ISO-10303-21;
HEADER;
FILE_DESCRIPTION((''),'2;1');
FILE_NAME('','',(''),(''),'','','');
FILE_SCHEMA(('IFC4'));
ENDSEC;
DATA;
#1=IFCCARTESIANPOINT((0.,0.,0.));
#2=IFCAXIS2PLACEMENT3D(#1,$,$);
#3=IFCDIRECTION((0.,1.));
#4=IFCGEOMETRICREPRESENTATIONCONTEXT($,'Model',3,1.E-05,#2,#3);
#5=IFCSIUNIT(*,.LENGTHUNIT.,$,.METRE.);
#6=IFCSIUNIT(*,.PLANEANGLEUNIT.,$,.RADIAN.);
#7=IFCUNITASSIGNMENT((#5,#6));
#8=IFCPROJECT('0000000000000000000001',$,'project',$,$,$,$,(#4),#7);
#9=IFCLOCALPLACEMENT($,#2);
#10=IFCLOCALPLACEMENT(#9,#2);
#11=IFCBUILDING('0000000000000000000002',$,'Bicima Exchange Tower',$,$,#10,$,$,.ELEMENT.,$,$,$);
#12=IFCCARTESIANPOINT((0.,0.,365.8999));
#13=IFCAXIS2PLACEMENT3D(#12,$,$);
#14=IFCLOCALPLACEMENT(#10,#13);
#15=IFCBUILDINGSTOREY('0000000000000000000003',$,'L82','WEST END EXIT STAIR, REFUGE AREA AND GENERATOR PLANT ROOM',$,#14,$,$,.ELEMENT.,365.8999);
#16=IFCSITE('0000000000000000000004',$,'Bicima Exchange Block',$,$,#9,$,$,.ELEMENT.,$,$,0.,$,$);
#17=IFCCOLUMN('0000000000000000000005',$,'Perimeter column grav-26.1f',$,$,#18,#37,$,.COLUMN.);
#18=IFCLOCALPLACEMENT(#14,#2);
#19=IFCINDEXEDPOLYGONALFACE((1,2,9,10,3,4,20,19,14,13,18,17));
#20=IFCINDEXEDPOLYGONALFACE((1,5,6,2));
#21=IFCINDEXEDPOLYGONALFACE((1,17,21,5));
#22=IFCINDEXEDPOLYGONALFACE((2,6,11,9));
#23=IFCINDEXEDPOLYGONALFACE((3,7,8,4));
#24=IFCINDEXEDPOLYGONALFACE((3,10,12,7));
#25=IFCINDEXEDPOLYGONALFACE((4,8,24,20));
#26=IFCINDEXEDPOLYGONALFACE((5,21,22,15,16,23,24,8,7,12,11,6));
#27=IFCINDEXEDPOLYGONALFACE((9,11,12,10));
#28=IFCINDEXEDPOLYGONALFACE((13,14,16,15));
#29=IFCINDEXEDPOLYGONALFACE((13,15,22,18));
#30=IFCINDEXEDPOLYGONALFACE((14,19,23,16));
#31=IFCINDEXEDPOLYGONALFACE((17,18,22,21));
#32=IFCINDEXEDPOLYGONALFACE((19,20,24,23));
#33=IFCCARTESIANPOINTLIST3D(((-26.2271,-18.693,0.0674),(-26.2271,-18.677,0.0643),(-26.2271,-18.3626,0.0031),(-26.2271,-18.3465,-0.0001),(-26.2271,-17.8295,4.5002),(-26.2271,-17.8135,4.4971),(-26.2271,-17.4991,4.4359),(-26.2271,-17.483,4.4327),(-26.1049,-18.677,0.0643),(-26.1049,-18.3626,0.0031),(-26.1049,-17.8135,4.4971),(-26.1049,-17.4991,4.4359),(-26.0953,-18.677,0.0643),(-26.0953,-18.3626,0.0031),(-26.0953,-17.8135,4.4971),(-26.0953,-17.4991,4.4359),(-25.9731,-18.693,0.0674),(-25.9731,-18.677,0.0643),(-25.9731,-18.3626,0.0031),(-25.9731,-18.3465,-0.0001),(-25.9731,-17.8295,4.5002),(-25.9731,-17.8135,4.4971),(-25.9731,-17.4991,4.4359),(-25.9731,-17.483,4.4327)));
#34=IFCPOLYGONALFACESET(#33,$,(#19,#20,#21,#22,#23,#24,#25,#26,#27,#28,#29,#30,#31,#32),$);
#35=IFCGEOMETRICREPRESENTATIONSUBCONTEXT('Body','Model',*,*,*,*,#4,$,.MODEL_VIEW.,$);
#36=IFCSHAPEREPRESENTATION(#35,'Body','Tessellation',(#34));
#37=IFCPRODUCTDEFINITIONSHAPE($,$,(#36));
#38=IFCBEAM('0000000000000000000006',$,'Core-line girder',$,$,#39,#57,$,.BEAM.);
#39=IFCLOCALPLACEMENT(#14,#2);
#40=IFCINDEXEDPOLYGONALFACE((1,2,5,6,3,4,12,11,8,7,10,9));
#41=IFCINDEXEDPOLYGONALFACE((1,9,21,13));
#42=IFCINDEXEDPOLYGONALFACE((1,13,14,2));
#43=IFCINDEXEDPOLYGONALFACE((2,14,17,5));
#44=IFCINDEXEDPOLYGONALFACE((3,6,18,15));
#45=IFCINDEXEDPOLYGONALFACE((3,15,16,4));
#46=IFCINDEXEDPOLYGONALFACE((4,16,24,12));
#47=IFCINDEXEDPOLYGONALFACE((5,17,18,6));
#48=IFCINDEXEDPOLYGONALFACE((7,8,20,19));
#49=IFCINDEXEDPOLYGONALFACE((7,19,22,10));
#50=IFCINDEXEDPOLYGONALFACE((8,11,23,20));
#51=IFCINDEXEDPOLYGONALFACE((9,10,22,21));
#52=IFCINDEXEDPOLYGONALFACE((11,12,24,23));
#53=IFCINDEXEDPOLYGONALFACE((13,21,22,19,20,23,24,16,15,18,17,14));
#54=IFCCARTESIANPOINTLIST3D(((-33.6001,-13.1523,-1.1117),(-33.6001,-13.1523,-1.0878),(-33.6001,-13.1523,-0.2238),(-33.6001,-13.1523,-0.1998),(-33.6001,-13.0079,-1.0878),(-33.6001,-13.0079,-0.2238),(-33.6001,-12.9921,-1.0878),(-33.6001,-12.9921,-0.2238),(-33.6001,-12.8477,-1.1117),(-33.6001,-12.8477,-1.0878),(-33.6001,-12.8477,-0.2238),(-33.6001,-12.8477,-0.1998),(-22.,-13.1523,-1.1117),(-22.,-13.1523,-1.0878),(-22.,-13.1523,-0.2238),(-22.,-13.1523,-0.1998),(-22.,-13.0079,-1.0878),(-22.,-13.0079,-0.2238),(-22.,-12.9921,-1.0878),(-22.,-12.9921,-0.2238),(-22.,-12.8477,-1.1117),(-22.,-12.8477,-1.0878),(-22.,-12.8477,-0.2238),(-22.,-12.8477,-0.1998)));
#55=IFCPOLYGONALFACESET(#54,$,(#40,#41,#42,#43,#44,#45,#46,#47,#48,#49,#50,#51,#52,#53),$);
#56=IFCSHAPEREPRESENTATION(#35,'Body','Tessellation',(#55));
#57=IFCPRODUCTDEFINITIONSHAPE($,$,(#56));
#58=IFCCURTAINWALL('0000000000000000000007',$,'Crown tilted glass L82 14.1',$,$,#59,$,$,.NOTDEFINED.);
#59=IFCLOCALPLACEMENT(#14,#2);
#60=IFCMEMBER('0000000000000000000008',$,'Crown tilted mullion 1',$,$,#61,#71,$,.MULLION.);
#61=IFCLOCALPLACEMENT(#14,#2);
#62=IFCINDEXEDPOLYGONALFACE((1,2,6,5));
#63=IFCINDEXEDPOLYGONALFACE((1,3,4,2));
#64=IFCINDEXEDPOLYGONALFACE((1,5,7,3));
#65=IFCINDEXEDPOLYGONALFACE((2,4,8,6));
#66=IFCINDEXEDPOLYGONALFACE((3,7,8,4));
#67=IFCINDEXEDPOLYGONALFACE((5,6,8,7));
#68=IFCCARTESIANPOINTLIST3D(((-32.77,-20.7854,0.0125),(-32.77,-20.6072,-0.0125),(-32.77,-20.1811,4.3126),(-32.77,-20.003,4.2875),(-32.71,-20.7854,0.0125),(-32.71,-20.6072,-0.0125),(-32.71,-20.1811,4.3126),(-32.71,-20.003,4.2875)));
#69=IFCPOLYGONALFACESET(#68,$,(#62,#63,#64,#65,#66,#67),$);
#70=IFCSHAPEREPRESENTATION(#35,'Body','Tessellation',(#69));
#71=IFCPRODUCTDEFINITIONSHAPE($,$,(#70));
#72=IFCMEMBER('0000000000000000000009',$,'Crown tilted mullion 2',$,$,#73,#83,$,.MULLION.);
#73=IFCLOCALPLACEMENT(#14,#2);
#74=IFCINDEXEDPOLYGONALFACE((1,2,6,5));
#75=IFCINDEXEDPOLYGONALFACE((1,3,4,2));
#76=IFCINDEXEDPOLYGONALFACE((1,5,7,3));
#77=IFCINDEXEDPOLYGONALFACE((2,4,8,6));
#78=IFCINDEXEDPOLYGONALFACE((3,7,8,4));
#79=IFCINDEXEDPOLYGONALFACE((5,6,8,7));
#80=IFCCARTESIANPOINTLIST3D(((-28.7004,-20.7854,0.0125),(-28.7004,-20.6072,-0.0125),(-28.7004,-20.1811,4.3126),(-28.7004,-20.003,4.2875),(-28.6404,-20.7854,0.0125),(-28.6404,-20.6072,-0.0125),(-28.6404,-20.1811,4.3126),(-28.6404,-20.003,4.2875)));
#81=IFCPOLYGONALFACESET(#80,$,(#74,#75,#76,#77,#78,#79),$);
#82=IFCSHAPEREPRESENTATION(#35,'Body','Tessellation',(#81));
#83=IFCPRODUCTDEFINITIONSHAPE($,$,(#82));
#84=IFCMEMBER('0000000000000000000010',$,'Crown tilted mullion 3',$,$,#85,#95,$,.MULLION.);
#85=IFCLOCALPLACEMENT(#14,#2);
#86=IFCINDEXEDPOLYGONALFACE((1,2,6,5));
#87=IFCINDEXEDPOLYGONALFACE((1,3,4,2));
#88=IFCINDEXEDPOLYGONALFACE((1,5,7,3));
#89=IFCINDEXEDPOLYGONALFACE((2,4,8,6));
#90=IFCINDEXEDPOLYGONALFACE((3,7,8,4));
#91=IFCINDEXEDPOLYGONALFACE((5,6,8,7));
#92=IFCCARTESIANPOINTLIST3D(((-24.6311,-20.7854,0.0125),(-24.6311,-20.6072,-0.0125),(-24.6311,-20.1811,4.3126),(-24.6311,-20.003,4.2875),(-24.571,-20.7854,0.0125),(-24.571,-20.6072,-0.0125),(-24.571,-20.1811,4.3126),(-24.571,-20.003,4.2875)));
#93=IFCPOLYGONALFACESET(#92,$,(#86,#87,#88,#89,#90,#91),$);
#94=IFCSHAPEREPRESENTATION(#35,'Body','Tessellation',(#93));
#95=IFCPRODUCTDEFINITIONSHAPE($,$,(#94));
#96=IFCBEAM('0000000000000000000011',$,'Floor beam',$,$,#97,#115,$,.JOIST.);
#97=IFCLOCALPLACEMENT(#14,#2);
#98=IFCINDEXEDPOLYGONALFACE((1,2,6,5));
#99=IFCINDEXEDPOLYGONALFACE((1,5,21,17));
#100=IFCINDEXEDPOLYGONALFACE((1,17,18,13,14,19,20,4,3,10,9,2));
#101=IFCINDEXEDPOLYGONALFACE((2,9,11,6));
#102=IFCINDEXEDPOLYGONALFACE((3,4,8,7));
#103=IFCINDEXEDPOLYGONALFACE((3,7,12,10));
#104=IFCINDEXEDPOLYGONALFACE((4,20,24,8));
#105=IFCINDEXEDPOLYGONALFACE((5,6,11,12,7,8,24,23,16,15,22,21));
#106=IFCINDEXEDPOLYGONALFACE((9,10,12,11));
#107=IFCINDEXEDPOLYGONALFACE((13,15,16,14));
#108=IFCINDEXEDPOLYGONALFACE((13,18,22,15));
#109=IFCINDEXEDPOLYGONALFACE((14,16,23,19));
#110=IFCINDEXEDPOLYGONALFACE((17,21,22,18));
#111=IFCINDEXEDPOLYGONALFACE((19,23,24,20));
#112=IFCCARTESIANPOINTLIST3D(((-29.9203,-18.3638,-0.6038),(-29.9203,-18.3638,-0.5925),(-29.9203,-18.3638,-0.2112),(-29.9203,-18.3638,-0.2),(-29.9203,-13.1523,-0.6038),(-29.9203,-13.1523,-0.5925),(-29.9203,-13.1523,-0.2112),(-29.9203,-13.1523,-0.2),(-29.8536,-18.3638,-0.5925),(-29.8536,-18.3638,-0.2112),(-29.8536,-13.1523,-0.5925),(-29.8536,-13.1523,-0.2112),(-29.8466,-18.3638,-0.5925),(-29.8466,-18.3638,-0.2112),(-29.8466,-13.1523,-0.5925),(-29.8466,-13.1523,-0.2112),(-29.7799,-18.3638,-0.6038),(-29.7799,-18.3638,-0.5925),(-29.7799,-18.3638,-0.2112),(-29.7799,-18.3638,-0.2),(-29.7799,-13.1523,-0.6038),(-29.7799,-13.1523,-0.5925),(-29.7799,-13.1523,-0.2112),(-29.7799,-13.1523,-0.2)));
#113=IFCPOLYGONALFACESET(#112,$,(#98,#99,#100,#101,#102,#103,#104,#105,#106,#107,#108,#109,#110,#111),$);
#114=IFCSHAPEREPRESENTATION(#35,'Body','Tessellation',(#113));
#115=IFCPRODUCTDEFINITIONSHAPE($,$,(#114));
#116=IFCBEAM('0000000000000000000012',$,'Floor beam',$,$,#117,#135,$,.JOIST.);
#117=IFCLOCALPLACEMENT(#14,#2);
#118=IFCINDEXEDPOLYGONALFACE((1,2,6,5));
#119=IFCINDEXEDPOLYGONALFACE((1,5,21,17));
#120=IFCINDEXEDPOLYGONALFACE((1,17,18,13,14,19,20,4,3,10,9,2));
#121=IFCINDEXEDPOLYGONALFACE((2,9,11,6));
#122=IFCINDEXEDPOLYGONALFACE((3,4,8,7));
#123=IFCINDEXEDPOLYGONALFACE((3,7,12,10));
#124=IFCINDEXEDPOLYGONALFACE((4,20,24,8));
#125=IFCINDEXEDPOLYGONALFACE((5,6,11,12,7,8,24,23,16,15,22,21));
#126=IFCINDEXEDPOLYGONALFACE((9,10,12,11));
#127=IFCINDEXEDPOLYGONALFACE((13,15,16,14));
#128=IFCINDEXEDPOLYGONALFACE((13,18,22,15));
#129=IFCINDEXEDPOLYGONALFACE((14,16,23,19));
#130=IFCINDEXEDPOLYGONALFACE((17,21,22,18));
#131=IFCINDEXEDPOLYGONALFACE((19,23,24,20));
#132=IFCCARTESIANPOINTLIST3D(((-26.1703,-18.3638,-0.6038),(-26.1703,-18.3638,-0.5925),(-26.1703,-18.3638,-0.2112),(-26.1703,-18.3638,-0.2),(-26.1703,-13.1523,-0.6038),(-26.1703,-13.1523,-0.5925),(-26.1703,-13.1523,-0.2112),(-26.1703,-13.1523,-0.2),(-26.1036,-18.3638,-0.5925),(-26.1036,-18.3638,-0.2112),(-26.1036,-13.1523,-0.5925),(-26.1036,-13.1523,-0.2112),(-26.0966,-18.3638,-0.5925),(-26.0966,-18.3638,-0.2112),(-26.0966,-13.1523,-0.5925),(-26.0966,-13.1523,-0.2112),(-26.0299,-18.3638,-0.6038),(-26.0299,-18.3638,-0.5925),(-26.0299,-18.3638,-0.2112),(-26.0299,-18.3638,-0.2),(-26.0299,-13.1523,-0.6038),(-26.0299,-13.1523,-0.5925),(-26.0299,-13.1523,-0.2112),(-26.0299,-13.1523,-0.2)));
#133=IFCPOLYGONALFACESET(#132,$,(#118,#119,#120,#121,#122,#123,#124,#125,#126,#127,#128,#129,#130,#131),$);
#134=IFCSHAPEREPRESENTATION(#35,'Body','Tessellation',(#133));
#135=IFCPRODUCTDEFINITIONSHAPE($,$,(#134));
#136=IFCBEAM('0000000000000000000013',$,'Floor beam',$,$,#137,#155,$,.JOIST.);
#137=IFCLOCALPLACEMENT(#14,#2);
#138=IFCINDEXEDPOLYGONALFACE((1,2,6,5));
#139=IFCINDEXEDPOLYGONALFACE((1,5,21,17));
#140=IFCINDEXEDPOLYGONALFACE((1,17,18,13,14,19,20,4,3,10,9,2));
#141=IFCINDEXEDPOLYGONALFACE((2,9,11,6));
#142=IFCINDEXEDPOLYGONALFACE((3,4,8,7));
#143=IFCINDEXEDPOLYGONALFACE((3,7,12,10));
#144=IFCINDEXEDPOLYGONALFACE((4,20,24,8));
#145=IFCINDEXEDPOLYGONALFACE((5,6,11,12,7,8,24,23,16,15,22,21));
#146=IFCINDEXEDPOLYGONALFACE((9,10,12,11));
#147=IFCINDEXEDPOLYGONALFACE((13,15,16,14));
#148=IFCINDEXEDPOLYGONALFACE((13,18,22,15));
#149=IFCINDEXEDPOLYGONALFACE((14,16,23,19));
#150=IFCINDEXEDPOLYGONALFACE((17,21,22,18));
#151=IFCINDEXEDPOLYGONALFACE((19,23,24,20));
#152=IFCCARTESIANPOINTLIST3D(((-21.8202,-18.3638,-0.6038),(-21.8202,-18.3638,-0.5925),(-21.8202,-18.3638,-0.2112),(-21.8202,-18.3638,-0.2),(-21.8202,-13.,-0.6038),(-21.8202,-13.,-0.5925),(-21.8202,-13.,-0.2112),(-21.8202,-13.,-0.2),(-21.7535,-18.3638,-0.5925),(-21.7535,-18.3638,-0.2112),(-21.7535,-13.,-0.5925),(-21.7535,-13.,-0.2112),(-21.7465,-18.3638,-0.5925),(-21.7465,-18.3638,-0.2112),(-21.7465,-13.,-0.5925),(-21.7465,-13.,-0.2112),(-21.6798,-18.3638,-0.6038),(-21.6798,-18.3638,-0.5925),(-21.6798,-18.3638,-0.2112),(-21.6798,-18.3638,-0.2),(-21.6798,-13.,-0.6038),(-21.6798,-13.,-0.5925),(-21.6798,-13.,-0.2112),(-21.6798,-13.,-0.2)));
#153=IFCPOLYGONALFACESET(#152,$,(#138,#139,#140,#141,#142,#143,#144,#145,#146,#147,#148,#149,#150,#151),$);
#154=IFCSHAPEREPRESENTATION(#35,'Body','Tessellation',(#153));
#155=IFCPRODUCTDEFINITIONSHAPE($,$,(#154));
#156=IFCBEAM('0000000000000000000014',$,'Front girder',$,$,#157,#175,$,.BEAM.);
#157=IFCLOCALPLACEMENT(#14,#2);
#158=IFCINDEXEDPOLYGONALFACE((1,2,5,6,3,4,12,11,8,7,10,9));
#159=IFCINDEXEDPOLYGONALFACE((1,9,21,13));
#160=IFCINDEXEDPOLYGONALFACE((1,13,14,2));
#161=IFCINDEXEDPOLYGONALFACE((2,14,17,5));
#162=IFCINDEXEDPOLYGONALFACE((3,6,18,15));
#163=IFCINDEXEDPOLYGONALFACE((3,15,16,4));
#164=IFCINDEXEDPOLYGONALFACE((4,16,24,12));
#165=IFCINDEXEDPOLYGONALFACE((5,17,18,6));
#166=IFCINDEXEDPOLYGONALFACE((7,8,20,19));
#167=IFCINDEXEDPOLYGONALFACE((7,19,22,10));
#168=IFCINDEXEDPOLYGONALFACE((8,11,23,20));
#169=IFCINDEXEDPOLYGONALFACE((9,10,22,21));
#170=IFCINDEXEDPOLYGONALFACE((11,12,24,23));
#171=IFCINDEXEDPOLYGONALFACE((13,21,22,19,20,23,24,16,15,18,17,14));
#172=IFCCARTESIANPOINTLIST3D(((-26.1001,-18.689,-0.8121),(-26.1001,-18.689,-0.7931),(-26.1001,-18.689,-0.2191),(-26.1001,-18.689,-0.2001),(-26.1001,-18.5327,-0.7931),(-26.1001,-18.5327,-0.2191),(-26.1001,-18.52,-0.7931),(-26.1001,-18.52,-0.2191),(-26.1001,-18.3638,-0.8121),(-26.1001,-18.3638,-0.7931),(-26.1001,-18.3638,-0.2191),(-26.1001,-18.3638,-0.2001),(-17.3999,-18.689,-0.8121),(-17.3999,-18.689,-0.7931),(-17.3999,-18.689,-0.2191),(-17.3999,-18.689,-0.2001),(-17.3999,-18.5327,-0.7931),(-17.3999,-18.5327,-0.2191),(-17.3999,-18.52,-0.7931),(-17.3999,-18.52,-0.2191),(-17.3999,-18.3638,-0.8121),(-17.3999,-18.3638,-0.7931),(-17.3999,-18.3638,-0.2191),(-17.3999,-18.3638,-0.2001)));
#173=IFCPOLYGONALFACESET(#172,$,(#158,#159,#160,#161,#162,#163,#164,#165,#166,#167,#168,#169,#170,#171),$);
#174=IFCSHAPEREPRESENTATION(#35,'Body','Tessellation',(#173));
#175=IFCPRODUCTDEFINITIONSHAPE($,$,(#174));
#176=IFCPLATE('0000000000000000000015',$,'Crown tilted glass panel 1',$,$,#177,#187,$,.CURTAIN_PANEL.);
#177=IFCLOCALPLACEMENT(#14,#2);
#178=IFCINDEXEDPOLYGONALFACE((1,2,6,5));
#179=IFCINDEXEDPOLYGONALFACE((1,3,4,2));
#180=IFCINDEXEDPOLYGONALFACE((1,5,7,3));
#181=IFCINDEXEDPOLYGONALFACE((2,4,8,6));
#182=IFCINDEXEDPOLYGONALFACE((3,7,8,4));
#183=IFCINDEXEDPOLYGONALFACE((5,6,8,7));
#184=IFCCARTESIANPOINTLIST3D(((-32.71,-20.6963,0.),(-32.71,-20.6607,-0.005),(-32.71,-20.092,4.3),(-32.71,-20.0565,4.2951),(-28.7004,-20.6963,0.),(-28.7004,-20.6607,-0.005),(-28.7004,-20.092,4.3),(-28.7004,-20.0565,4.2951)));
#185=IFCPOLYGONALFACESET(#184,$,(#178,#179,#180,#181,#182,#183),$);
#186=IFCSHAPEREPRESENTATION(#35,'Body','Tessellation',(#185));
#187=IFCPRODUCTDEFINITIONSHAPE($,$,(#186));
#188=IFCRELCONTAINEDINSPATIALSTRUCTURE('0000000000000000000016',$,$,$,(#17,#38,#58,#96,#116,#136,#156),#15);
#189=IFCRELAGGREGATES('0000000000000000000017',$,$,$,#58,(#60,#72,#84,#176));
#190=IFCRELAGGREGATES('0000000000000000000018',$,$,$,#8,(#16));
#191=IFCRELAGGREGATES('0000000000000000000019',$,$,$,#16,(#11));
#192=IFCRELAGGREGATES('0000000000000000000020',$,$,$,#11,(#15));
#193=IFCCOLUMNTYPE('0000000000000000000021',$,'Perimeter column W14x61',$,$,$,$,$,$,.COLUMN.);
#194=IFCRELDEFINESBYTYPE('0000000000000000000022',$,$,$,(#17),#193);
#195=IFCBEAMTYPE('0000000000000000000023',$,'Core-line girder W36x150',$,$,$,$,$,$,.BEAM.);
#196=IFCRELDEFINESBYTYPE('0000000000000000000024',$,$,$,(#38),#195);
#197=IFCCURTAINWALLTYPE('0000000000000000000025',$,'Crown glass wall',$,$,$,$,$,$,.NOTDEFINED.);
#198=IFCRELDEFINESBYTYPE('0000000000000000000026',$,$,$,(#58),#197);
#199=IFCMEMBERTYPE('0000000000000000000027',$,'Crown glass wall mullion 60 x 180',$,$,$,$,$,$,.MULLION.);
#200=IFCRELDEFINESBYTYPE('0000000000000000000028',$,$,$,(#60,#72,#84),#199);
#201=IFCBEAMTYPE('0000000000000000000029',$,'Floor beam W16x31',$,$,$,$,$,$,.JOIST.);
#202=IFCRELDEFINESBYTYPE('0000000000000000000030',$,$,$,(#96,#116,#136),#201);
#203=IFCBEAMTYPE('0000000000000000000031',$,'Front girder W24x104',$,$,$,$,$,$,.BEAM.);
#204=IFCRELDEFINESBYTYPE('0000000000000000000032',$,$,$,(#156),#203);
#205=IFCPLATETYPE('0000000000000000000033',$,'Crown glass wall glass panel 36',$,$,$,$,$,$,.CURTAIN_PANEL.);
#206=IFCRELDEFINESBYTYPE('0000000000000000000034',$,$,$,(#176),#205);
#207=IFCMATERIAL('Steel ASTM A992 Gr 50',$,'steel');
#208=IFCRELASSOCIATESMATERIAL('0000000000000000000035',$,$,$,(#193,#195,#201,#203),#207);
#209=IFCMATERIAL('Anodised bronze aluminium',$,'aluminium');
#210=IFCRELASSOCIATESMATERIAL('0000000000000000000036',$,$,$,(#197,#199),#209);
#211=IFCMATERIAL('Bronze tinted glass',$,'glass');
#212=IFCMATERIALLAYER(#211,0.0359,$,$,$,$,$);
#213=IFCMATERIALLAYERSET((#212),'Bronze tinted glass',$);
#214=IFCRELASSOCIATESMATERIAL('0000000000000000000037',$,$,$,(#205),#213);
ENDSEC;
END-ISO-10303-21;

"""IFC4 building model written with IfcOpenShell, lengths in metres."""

from ifc_helpers import new_model, si_unit, direction, frame, origin, origin_2d, place, context, subcontext, project, spatial, polyline, rectangle, i_section, outline, extrude, material, layer, layer_set, material_profile, profile_set, type_object, element, aggregate, save


model = new_model("IFC4")

# Units and contexts
model_context = context("Model", 3, precision=1e-05, world=origin(), true_north=direction((0.0, 1.0)))
body_context = subcontext(model_context, "Body", "Model", "MODEL_VIEW")
ifc_project = project(units=[si_unit("LENGTHUNIT", "METRE"), si_unit("PLANEANGLEUNIT", "RADIAN")], contexts=[model_context])

# Site, building, storey
site_placement = place(None, origin())
site = spatial("IfcSite", under=ifc_project, at=site_placement, Name="Bicima Exchange Block", CompositionType="ELEMENT", RefElevation=0.0)
building_placement = place(site_placement, origin())
building = spatial("IfcBuilding", under=site, at=building_placement, Name="Bicima Exchange Tower", CompositionType="ELEMENT")
storey_placement = place(building_placement, frame((0.0, 0.0, 365.8999)))
storey = spatial("IfcBuildingStorey", under=building, at=storey_placement, Name="L82", Description="WEST END EXIT STAIR, REFUGE AREA AND GENERATOR PLANT ROOM", CompositionType="ELEMENT", Elevation=365.8999)

# Column
ifc_material_1 = material(Name="Steel ASTM A992 Gr 50", Category="steel")
ifc_material_profile_1 = material_profile(ifc_material_1, i_section(OverallWidth=0.2539, OverallDepth=0.353, WebThickness=0.0095, FlangeThickness=0.0164, at=origin_2d()))
ifc_profile_set_1 = profile_set([ifc_material_profile_1], Name="Steel ASTM A992 Gr 50")
column_type = type_object("IfcColumnType", Name="Perimeter column W14x61", PredefinedType="COLUMN", material=ifc_profile_set_1)
column_placement = place(storey_placement, frame((-26.1001, -18.5198, 0.0337), z_axis=(0.0, 0.191207, 0.98155), x_axis=(-1.0, 0.0, 0.0)))
element("IfcColumn", 1, at=column_placement, inside=storey, type_object=column_type, Name="Perimeter column grav-26.1f", PredefinedType="COLUMN", context=body_context, shape_type="SweptSolid", body=[
    extrude(i_section(OverallWidth=0.2539, OverallDepth=0.353, WebThickness=0.0095, FlangeThickness=0.0164, at=origin_2d()), origin(), (0.0, 0.0, 1.0), 4.5161),
])

# Beam
ifc_material_profile_2 = material_profile(ifc_material_1, i_section(OverallWidth=0.3047, OverallDepth=0.9119, WebThickness=0.0159, FlangeThickness=0.0239, at=origin_2d()))
ifc_profile_set_2 = profile_set([ifc_material_profile_2], Name="Steel ASTM A992 Gr 50")
beam_type_1 = type_object("IfcBeamType", Name="Core-line girder W36x150", PredefinedType="BEAM", material=ifc_profile_set_2)
beam_1_placement = place(storey_placement, frame((-22.0, -13.0, -0.6558), z_axis=(-1.0, 0.0, 0.0), x_axis=(0.0, -1.0, 0.0)))
element("IfcBeam", 2, at=beam_1_placement, inside=storey, type_object=beam_type_1, Name="Core-line girder", PredefinedType="BEAM", context=body_context, shape_type="SweptSolid", body=[
    extrude(i_section(OverallWidth=0.3047, OverallDepth=0.9119, WebThickness=0.0159, FlangeThickness=0.0239, at=origin_2d()), origin(), (0.0, 0.0, 1.0), 11.6001),
])

# Curtain wall, members
ifc_material_2 = material(Name="Anodised bronze aluminium", Category="aluminium")
curtain_wall_type = type_object("IfcCurtainWallType", Name="Crown glass wall", PredefinedType="NOTDEFINED", material=ifc_material_2)
curtain_wall_placement = place(storey_placement, origin())
curtain_wall = element("IfcCurtainWall", 3, at=curtain_wall_placement, inside=storey, type_object=curtain_wall_type, Name="Crown tilted glass L82 14.1", PredefinedType="NOTDEFINED")
ifc_material_profile_3 = material_profile(ifc_material_2, rectangle(XDim=0.1799, YDim=0.0601, at=origin_2d()))
ifc_profile_set_3 = profile_set([ifc_material_profile_3], Name="Anodised bronze aluminium")
member_type = type_object("IfcMemberType", Name="Crown glass wall mullion 60 x 180", PredefinedType="MULLION", material=ifc_profile_set_3)
member_1_placement = place(storey_placement, frame((-32.74, -20.6963, 0.0), z_axis=(0.0, 0.139154, 0.990271), x_axis=(0.0, -0.990271, 0.139154)))
member_1 = element("IfcMember", 4, at=member_1_placement, type_object=member_type, Name="Crown tilted mullion 1", PredefinedType="MULLION", context=body_context, shape_type="SweptSolid", body=[
    extrude(rectangle(XDim=0.1799, YDim=0.0601, at=origin_2d()), origin(), (0.0, 0.0, 1.0), 4.3423),
])
member_2_placement = place(storey_placement, frame((-28.6704, -20.6963, 0.0), z_axis=(0.0, 0.139154, 0.990271), x_axis=(0.0, -0.990271, 0.139154)))
member_2 = element("IfcMember", 5, at=member_2_placement, type_object=member_type, Name="Crown tilted mullion 2", PredefinedType="MULLION", context=body_context, shape_type="SweptSolid", body=[
    extrude(rectangle(XDim=0.1799, YDim=0.0601, at=origin_2d()), origin(), (0.0, 0.0, 1.0), 4.3423),
])
member_3_placement = place(storey_placement, frame((-24.6011, -20.6963, 0.0), z_axis=(0.0, 0.139154, 0.990271), x_axis=(0.0, -0.990271, 0.139154)))
member_3 = element("IfcMember", 6, at=member_3_placement, type_object=member_type, Name="Crown tilted mullion 3", PredefinedType="MULLION", context=body_context, shape_type="SweptSolid", body=[
    extrude(rectangle(XDim=0.1799, YDim=0.0601, at=origin_2d()), origin(), (0.0, 0.0, 1.0), 4.3423),
])

# Beams
ifc_material_profile_4 = material_profile(ifc_material_1, i_section(OverallWidth=0.1404, OverallDepth=0.4038, WebThickness=0.0071, FlangeThickness=0.0112, at=origin_2d()))
ifc_profile_set_4 = profile_set([ifc_material_profile_4], Name="Steel ASTM A992 Gr 50")
beam_type_2 = type_object("IfcBeamType", Name="Floor beam W16x31", PredefinedType="JOIST", material=ifc_profile_set_4)
for number, where, z_axis, x_axis, name in (
    (7, (-29.8501, -13.1523, -0.4019), (0.0, -1.0, 0.0), (1.0, 0.0, 0.0), "Floor beam"),
    (8, (-26.1001, -13.1523, -0.4019), (0.0, -1.0, 0.0), (1.0, 0.0, 0.0), "Floor beam"),
):
    element("IfcBeam", number, at=place(storey_placement, frame(where, z_axis=z_axis, x_axis=x_axis)), inside=storey, type_object=beam_type_2, Name=name, PredefinedType="JOIST", context=body_context, shape_type="SweptSolid", body=[
        extrude(i_section(OverallWidth=0.1404, OverallDepth=0.4038, WebThickness=0.0071, FlangeThickness=0.0112, at=origin_2d()), origin(), (0.0, 0.0, 1.0), 5.2114),
    ])
beam_2_placement = place(storey_placement, frame((-21.75, -13.0, -0.4019), z_axis=(0.0, -1.0, 0.0), x_axis=(1.0, 0.0, 0.0)))
element("IfcBeam", 9, at=beam_2_placement, inside=storey, type_object=beam_type_2, Name="Floor beam", PredefinedType="JOIST", context=body_context, shape_type="SweptSolid", body=[
    extrude(i_section(OverallWidth=0.1404, OverallDepth=0.4038, WebThickness=0.0071, FlangeThickness=0.0112, at=origin_2d()), origin(), (0.0, 0.0, 1.0), 5.3638),
])
ifc_material_profile_5 = material_profile(ifc_material_1, i_section(OverallWidth=0.3252, OverallDepth=0.6121, WebThickness=0.0127, FlangeThickness=0.019, at=origin_2d()))
ifc_profile_set_5 = profile_set([ifc_material_profile_5], Name="Steel ASTM A992 Gr 50")
beam_type_3 = type_object("IfcBeamType", Name="Front girder W24x104", PredefinedType="BEAM", material=ifc_profile_set_5)
beam_3_placement = place(storey_placement, frame((-26.1001, -18.5264, -0.5061), z_axis=(1.0, 0.0, 0.0), x_axis=(0.0, 1.0, 0.0)))
element("IfcBeam", 10, at=beam_3_placement, inside=storey, type_object=beam_type_3, Name="Front girder", PredefinedType="BEAM", context=body_context, shape_type="SweptSolid", body=[
    extrude(i_section(OverallWidth=0.3252, OverallDepth=0.6121, WebThickness=0.0127, FlangeThickness=0.019, at=origin_2d()), origin(), (0.0, 0.0, 1.0), 8.7002),
])

# Plate
ifc_material_3 = material(Name="Bronze tinted glass", Category="glass")
ifc_layer_1 = layer(ifc_material_3, 0.0359)
ifc_layer_set_1 = layer_set([ifc_layer_1], Name="Bronze tinted glass")
plate_type = type_object("IfcPlateType", Name="Crown glass wall glass panel 36", PredefinedType="CURTAIN_PANEL", material=ifc_layer_set_1)
plate_1_placement = place(storey_placement, frame((-32.71, -20.6963, 0.0), z_axis=(0.0, -0.990271, 0.139154), x_axis=(1.0, 0.0, 0.0)))
plate_1 = element("IfcPlate", 11, at=plate_1_placement, type_object=plate_type, Name="Crown tilted glass panel 1", PredefinedType="CURTAIN_PANEL", context=body_context, shape_type="SweptSolid", body=[
    extrude(outline(polyline([(0.0, 0.0), (4.0095, 0.0), (4.0095, 4.3423), (0.0, 4.3423), (0.0, 0.0)])), origin(), (0.0, 0.0, -1.0), 0.0359),
])
aggregate(curtain_wall, [member_1, member_2, member_3, plate_1])

save(model, "model.ifc")
